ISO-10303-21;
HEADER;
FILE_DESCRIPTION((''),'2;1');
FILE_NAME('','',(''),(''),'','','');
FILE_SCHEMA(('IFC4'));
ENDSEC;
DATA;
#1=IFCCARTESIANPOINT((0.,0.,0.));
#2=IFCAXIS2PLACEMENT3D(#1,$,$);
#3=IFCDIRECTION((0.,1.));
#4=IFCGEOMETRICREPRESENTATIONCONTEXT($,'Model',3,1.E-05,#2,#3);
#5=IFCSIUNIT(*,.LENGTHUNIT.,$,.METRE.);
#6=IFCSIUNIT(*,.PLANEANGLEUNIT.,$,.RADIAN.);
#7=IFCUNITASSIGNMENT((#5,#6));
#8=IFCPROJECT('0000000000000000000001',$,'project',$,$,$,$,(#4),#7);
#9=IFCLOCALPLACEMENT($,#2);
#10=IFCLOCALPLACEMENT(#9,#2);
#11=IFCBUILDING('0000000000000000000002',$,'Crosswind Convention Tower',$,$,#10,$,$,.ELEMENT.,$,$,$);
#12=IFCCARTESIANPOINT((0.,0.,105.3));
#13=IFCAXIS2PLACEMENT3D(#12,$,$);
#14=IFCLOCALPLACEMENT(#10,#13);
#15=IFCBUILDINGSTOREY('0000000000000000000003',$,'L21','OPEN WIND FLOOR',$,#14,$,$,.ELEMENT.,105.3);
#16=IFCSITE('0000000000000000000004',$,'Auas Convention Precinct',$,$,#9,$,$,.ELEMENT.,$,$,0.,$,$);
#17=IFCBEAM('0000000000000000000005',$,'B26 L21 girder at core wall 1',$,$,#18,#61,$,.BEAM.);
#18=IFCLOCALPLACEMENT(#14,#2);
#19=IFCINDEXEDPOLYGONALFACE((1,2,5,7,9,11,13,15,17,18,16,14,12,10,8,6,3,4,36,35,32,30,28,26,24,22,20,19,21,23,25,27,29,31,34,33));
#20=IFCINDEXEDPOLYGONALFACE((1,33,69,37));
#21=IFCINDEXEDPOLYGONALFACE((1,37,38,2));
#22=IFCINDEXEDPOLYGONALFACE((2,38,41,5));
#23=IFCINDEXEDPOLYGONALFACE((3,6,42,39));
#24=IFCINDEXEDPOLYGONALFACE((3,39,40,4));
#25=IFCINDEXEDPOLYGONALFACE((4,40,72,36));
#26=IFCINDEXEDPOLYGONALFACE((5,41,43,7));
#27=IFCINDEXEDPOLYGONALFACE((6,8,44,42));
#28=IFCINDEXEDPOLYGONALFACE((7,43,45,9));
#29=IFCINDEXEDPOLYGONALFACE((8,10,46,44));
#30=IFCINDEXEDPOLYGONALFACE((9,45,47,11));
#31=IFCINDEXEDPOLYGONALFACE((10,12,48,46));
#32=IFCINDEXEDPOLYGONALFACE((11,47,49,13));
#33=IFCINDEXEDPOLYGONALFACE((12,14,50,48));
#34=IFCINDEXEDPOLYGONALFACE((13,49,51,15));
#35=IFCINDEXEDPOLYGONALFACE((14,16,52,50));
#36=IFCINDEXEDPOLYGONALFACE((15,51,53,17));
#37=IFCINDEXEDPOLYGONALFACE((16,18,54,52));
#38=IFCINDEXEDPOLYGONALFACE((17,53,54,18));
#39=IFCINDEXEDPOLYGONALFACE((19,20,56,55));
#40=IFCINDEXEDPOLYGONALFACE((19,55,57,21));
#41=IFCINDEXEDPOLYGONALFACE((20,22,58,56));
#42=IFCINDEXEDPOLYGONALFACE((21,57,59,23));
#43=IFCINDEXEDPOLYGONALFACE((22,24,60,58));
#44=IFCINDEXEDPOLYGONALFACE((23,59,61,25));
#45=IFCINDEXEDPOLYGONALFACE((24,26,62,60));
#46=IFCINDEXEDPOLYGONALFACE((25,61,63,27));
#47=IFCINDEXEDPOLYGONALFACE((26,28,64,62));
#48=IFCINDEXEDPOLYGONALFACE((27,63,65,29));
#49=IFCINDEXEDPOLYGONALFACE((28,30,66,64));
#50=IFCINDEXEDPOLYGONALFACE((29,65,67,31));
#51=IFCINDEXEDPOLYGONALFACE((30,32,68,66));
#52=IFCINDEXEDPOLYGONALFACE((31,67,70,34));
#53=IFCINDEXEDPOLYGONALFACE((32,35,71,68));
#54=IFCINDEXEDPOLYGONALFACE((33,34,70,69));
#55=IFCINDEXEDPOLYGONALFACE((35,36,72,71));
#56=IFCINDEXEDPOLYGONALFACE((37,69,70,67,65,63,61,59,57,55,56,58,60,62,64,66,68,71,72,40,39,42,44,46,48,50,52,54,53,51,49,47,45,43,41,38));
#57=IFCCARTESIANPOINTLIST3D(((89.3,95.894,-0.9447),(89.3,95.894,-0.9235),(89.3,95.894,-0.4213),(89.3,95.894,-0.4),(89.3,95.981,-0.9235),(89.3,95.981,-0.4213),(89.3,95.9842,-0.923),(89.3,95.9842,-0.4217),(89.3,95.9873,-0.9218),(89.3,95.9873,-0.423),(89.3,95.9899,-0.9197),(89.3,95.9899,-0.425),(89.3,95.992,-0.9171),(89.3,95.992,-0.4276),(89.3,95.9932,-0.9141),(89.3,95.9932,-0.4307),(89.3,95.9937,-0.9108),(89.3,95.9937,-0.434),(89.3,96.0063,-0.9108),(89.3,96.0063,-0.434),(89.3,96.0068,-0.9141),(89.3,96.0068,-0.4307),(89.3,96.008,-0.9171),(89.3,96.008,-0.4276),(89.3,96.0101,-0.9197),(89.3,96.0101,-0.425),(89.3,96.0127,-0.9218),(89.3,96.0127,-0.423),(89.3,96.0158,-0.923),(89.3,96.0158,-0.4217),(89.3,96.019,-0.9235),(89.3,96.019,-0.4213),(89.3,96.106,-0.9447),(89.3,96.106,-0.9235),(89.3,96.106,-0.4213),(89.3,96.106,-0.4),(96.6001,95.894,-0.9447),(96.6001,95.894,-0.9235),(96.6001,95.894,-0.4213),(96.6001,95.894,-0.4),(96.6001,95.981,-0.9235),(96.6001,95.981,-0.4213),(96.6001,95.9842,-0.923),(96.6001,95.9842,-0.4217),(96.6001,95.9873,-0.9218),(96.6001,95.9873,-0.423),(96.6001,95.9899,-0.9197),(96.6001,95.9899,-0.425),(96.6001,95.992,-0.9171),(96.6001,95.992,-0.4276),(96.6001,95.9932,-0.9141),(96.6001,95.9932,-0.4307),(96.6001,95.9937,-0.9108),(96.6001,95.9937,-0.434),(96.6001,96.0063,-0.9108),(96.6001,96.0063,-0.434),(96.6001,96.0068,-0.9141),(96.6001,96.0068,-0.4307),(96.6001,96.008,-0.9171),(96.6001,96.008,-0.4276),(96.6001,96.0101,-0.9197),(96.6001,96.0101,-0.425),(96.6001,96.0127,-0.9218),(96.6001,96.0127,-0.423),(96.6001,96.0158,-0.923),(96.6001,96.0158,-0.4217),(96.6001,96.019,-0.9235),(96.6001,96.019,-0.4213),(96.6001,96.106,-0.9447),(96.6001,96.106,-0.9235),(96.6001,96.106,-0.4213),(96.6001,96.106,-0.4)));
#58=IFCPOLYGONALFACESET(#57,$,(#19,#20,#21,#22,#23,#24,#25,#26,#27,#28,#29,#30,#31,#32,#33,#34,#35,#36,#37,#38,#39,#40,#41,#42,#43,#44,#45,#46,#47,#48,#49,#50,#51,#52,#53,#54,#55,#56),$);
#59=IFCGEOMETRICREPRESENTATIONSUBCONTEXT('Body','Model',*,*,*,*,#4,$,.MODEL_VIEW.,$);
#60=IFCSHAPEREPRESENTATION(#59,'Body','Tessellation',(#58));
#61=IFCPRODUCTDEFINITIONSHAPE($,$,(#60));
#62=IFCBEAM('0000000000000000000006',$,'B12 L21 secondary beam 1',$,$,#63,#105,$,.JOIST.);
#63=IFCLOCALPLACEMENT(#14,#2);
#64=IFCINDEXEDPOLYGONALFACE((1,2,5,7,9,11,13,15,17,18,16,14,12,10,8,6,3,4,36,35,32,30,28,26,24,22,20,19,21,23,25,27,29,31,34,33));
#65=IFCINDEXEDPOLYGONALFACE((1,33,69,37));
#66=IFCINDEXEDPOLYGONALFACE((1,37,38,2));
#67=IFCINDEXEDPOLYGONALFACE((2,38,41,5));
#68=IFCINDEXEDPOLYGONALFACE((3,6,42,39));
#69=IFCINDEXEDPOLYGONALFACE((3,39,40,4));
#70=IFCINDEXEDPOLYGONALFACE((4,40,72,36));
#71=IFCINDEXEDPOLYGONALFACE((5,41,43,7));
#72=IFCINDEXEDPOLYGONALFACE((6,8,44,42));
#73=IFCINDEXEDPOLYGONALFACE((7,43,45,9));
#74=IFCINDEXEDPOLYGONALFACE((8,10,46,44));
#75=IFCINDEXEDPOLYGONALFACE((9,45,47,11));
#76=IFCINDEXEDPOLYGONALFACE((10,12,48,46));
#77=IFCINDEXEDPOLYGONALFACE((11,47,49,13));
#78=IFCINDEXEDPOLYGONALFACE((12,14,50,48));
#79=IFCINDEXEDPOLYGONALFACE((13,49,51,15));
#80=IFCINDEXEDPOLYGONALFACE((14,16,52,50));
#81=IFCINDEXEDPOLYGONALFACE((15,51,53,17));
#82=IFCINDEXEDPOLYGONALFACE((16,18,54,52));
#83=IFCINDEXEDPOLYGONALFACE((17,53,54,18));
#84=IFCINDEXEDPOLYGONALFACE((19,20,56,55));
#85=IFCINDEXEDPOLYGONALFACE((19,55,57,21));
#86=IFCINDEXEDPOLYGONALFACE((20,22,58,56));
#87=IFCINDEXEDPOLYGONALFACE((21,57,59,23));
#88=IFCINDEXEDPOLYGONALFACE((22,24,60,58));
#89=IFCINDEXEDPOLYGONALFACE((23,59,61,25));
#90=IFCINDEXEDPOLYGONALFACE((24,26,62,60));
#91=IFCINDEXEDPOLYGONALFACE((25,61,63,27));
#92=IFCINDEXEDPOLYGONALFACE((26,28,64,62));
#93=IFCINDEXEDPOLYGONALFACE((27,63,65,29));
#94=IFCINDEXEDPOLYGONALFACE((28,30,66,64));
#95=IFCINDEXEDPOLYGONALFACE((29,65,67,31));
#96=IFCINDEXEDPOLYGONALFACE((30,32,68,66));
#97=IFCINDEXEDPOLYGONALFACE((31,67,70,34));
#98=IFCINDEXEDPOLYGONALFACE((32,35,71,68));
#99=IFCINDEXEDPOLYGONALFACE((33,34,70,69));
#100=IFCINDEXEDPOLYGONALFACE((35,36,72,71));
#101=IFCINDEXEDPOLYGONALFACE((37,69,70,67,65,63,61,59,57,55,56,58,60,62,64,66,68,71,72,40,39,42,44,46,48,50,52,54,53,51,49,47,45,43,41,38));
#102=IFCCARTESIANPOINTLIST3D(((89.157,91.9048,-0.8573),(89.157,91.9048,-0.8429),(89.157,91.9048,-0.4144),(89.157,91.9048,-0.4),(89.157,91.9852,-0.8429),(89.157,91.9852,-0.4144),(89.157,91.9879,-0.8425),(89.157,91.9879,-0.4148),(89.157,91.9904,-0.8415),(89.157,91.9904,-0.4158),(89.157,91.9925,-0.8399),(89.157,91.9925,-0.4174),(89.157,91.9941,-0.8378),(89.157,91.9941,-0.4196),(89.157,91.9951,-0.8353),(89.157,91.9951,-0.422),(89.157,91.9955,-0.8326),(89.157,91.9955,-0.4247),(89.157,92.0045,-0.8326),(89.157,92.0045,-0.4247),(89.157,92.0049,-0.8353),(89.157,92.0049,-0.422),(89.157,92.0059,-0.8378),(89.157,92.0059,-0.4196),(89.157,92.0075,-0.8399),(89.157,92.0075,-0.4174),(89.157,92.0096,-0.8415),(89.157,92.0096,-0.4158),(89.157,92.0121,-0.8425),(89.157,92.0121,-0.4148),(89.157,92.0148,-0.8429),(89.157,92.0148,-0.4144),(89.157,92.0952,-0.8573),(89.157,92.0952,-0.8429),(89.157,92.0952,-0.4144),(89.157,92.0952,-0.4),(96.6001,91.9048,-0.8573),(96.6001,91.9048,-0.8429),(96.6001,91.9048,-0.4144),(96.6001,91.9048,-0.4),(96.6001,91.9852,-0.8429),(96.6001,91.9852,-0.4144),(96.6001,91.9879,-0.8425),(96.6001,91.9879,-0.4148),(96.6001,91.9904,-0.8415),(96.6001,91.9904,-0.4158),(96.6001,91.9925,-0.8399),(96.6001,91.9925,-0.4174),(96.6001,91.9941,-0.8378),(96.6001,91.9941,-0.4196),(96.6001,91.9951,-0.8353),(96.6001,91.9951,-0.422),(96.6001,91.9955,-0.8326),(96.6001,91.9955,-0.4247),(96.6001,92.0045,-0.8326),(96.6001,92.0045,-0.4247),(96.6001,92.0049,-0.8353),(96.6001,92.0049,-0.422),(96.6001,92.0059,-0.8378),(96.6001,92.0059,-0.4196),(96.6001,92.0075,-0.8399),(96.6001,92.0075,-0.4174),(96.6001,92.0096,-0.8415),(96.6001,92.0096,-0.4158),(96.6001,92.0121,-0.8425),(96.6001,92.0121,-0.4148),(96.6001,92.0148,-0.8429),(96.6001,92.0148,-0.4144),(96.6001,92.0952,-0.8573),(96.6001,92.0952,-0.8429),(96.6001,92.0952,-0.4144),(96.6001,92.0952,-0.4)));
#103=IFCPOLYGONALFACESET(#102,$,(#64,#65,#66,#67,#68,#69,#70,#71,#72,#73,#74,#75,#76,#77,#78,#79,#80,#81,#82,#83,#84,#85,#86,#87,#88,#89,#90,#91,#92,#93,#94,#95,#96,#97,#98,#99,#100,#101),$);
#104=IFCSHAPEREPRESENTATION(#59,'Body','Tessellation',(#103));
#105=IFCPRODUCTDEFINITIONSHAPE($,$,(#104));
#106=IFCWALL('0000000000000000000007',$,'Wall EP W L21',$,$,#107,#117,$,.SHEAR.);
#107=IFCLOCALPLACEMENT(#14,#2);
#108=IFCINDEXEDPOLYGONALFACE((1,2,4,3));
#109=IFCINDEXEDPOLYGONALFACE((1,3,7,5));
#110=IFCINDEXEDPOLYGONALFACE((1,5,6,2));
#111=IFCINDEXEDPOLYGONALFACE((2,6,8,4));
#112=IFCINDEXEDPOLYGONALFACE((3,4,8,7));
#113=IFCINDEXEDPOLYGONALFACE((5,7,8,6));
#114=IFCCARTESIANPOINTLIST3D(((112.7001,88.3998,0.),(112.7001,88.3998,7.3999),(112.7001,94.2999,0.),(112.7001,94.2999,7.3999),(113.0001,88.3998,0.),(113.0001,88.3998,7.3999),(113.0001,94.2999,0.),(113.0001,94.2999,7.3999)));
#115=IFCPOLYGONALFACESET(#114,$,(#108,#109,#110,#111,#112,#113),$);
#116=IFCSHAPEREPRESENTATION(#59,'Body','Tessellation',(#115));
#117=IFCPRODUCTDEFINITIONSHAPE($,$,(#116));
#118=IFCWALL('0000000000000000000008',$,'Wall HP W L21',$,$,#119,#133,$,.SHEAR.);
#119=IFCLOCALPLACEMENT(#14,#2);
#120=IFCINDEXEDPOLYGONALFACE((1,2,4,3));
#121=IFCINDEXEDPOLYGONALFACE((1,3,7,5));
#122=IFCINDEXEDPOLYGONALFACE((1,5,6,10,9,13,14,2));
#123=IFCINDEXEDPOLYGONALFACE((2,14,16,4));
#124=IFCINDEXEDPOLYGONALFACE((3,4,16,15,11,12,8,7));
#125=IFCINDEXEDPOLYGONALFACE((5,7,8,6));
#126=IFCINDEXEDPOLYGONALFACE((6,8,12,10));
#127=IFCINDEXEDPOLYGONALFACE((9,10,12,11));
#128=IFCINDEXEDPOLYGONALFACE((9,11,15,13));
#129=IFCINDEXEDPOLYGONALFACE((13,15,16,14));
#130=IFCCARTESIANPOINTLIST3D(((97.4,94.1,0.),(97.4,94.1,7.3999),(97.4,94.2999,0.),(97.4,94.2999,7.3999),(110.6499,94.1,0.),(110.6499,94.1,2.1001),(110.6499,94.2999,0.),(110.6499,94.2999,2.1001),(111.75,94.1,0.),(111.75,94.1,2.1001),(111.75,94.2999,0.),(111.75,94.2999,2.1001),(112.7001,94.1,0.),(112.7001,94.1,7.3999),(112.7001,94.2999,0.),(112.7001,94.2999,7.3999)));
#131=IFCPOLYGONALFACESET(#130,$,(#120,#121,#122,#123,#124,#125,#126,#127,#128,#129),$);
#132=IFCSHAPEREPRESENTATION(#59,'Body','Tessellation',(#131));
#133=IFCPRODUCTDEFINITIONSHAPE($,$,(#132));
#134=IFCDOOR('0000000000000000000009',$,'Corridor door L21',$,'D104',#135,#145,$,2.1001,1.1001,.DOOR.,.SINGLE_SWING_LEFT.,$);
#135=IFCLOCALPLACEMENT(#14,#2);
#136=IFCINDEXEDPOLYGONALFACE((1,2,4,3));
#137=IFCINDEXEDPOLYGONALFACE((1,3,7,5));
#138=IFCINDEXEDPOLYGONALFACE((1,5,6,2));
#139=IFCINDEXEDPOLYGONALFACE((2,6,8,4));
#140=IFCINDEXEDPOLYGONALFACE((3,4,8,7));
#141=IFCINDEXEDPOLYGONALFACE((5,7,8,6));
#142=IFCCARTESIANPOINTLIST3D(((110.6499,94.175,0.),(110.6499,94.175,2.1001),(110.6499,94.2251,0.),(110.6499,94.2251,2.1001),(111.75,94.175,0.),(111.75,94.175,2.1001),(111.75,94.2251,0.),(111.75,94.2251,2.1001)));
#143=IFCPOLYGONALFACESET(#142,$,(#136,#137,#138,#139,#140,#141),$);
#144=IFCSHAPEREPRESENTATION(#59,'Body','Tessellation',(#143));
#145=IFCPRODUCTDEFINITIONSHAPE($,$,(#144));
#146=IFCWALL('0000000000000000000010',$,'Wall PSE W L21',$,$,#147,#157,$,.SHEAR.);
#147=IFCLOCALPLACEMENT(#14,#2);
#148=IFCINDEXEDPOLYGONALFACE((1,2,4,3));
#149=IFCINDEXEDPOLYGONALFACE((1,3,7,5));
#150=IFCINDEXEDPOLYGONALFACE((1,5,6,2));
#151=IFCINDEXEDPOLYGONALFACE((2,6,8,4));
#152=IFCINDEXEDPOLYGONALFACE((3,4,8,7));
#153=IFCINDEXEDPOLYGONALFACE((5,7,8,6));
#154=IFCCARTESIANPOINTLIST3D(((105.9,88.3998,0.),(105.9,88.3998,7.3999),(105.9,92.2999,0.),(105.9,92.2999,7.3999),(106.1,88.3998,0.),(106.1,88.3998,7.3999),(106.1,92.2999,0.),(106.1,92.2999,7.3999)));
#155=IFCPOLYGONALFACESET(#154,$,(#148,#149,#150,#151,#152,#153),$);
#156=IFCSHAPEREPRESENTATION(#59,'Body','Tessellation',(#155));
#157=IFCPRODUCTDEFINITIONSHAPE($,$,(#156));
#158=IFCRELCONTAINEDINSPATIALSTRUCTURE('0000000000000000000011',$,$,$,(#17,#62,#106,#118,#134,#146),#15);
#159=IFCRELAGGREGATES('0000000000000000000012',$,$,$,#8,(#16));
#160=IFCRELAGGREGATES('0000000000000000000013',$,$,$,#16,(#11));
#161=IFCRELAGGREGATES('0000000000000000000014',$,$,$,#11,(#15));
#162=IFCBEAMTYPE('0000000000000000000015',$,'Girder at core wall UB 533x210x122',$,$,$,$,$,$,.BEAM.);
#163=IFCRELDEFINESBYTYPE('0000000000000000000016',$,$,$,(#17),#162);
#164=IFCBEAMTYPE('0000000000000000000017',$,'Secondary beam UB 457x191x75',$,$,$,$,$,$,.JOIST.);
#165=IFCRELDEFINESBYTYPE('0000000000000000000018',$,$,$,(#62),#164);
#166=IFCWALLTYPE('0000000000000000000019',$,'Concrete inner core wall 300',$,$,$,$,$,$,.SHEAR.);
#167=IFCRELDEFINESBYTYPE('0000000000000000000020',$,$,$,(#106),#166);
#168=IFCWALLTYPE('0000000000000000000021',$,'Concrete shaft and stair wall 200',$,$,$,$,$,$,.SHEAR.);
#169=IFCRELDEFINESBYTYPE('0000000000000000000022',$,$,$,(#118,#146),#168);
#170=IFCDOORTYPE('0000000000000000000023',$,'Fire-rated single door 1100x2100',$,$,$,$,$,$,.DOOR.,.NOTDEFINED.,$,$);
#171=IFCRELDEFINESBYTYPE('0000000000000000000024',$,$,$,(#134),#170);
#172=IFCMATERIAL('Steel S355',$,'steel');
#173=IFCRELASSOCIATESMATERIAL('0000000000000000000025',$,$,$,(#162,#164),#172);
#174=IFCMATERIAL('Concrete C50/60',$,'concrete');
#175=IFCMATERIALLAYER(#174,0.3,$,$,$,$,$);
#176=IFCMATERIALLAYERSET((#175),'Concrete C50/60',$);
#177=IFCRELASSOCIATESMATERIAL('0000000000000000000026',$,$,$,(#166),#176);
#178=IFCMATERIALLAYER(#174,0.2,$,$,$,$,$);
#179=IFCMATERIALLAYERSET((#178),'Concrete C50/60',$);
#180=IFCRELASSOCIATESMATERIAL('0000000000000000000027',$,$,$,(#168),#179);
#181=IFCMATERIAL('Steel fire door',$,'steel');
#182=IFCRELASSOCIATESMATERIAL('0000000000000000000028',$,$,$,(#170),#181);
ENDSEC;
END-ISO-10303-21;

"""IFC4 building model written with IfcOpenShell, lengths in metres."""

from ifc_helpers import new_model, si_unit, direction, frame, frame_2d, origin, origin_2d, place, context, subcontext, project, spatial, rectangle, i_section, extrude, material, layer, layer_set, material_profile, profile_set, type_object, element, fill, save


model = new_model("IFC4")

# Units and contexts
model_context = context("Model", 3, precision=1e-05, world=origin(), true_north=direction((0.0, 1.0)))
body_context = subcontext(model_context, "Body", "Model", "MODEL_VIEW")
ifc_project = project(units=[si_unit("LENGTHUNIT", "METRE"), si_unit("PLANEANGLEUNIT", "RADIAN")], contexts=[model_context])

# Site, building, storey
site_placement = place(None, origin())
site = spatial("IfcSite", under=ifc_project, at=site_placement, Name="Auas Convention Precinct", CompositionType="ELEMENT", RefElevation=0.0)
building_placement = place(site_placement, origin())
building = spatial("IfcBuilding", under=site, at=building_placement, Name="Crosswind Convention Tower", CompositionType="ELEMENT")
storey_placement = place(building_placement, frame((0.0, 0.0, 105.3)))
storey = spatial("IfcBuildingStorey", under=building, at=storey_placement, Name="L21", Description="OPEN WIND FLOOR", CompositionType="ELEMENT", Elevation=105.3)

# Beams
ifc_material_1 = material(Name="Steel S355", Category="steel")
ifc_material_profile_1 = material_profile(ifc_material_1, i_section(OverallWidth=0.2119, OverallDepth=0.5447, WebThickness=0.0127, FlangeThickness=0.0212, FilletRadius=0.0127, at=origin_2d()), Name="UB 533x210x122")
ifc_profile_set_1 = profile_set([ifc_material_profile_1], Name="Steel S355")
beam_type_1 = type_object("IfcBeamType", Name="Girder at core wall UB 533x210x122", PredefinedType="BEAM", material=ifc_profile_set_1)
beam_1_placement = place(storey_placement, frame((89.3, 96.0, -0.6724), z_axis=(1.0, 0.0, 0.0), x_axis=(0.0, 1.0, 0.0)))
element("IfcBeam", 1, at=beam_1_placement, inside=storey, type_object=beam_type_1, Name="B26 L21 girder at core wall 1", PredefinedType="BEAM", context=body_context, shape_type="SweptSolid", body=[
    extrude(i_section(OverallWidth=0.2119, OverallDepth=0.5447, WebThickness=0.0127, FlangeThickness=0.0212, FilletRadius=0.0127, at=origin_2d()), origin(), (0.0, 0.0, 1.0), 7.3),
])
ifc_material_profile_2 = material_profile(ifc_material_1, i_section(OverallWidth=0.1904, OverallDepth=0.4573, WebThickness=0.009, FlangeThickness=0.0144, FilletRadius=0.0103, at=origin_2d()), Name="UB 457x191x75")
ifc_profile_set_2 = profile_set([ifc_material_profile_2], Name="Steel S355")
beam_type_2 = type_object("IfcBeamType", Name="Secondary beam UB 457x191x75", PredefinedType="JOIST", material=ifc_profile_set_2)
beam_2_placement = place(storey_placement, frame((89.157, 92.0, -0.6287), z_axis=(1.0, 0.0, 0.0), x_axis=(0.0, 1.0, 0.0)))
element("IfcBeam", 2, at=beam_2_placement, inside=storey, type_object=beam_type_2, Name="B12 L21 secondary beam 1", PredefinedType="JOIST", context=body_context, shape_type="SweptSolid", body=[
    extrude(i_section(OverallWidth=0.1904, OverallDepth=0.4573, WebThickness=0.009, FlangeThickness=0.0144, FilletRadius=0.0103, at=origin_2d()), origin(), (0.0, 0.0, 1.0), 7.4431),
])

# Wall
ifc_material_2 = material(Name="Concrete C50/60", Category="concrete")
ifc_layer_1 = layer(ifc_material_2, 0.3)
ifc_layer_set_1 = layer_set([ifc_layer_1], Name="Concrete C50/60")
wall_type_1 = type_object("IfcWallType", Name="Concrete inner core wall 300", PredefinedType="SHEAR", material=ifc_layer_set_1)
wall_1_placement = place(storey_placement, frame((112.8501, 94.3, 0.0), z_axis=(0.0, 0.0, 1.0), x_axis=(0.0, -1.0, 0.0)))
element("IfcWall", 3, at=wall_1_placement, inside=storey, type_object=wall_type_1, Name="Wall EP W L21", PredefinedType="SHEAR", context=body_context, shape_type="SweptSolid", body=[
    extrude(rectangle(XDim=5.9001, YDim=0.3, at=frame_2d((2.9502, 0.0))), origin(), (0.0, 0.0, 1.0), 7.3999),
])

# Wall, opening, door
ifc_layer_2 = layer(ifc_material_2, 0.2)
ifc_layer_set_2 = layer_set([ifc_layer_2], Name="Concrete C50/60")
wall_type_2 = type_object("IfcWallType", Name="Concrete shaft and stair wall 200", PredefinedType="SHEAR", material=ifc_layer_set_2)
wall_2_placement = place(storey_placement, frame((112.7, 94.2, 0.0), z_axis=(0.0, 0.0, 1.0), x_axis=(-1.0, 0.0, 0.0)))
wall_2 = element("IfcWall", 4, at=wall_2_placement, inside=storey, type_object=wall_type_2, Name="Wall HP W L21", PredefinedType="SHEAR", context=body_context, shape_type="SweptSolid", body=[
    extrude(rectangle(XDim=15.3, YDim=0.2, at=frame_2d((7.6499, 0.0))), origin(), (0.0, 0.0, 1.0), 7.3999),
])
opening_1_placement = place(wall_2_placement, frame((0.95, 0.0, 0.0)))
opening_1 = element("IfcOpeningElement", 5, at=opening_1_placement, cuts=wall_2, PredefinedType="OPENING", context=body_context, shape_type="SweptSolid", body=[
    extrude(rectangle(XDim=1.1001, YDim=2.1001, at=frame_2d((0.55, 1.05))), frame((0.0, 0.1099, 0.0), z_axis=(0.0, -1.0, 0.0), x_axis=(1.0, 0.0, 0.0)), (0.0, 0.0, 1.0), 0.22),
])
ifc_material_3 = material(Name="Steel fire door", Category="steel")
door_type_1 = type_object("IfcDoorType", Name="Fire-rated single door 1100x2100", OperationType="NOTDEFINED", PredefinedType="DOOR", material=ifc_material_3)
door_1_placement = place(opening_1_placement, origin())
door_1 = element("IfcDoor", 6, at=door_1_placement, inside=storey, type_object=door_type_1, Name="Corridor door L21", ObjectType="D104", OperationType="SINGLE_SWING_LEFT", OverallHeight=2.1001, OverallWidth=1.1001, PredefinedType="DOOR", context=body_context, shape_type="SweptSolid", body=[
    extrude(rectangle(XDim=1.1001, YDim=2.1001, at=frame_2d((0.55, 1.05))), frame((0.0, 0.0249, 0.0), z_axis=(0.0, -1.0, 0.0), x_axis=(1.0, 0.0, 0.0)), (0.0, 0.0, 1.0), 0.05),
])
fill(opening_1, door_1)

# Wall
wall_3_placement = place(storey_placement, frame((106.0, 92.3, 0.0), z_axis=(0.0, 0.0, 1.0), x_axis=(0.0, -1.0, 0.0)))
element("IfcWall", 7, at=wall_3_placement, inside=storey, type_object=wall_type_2, Name="Wall PSE W L21", PredefinedType="SHEAR", context=body_context, shape_type="SweptSolid", body=[
    extrude(rectangle(XDim=3.9001, YDim=0.2, at=frame_2d((1.9502, 0.0))), origin(), (0.0, 0.0, 1.0), 7.3999),
])

save(model, "model.ifc")
